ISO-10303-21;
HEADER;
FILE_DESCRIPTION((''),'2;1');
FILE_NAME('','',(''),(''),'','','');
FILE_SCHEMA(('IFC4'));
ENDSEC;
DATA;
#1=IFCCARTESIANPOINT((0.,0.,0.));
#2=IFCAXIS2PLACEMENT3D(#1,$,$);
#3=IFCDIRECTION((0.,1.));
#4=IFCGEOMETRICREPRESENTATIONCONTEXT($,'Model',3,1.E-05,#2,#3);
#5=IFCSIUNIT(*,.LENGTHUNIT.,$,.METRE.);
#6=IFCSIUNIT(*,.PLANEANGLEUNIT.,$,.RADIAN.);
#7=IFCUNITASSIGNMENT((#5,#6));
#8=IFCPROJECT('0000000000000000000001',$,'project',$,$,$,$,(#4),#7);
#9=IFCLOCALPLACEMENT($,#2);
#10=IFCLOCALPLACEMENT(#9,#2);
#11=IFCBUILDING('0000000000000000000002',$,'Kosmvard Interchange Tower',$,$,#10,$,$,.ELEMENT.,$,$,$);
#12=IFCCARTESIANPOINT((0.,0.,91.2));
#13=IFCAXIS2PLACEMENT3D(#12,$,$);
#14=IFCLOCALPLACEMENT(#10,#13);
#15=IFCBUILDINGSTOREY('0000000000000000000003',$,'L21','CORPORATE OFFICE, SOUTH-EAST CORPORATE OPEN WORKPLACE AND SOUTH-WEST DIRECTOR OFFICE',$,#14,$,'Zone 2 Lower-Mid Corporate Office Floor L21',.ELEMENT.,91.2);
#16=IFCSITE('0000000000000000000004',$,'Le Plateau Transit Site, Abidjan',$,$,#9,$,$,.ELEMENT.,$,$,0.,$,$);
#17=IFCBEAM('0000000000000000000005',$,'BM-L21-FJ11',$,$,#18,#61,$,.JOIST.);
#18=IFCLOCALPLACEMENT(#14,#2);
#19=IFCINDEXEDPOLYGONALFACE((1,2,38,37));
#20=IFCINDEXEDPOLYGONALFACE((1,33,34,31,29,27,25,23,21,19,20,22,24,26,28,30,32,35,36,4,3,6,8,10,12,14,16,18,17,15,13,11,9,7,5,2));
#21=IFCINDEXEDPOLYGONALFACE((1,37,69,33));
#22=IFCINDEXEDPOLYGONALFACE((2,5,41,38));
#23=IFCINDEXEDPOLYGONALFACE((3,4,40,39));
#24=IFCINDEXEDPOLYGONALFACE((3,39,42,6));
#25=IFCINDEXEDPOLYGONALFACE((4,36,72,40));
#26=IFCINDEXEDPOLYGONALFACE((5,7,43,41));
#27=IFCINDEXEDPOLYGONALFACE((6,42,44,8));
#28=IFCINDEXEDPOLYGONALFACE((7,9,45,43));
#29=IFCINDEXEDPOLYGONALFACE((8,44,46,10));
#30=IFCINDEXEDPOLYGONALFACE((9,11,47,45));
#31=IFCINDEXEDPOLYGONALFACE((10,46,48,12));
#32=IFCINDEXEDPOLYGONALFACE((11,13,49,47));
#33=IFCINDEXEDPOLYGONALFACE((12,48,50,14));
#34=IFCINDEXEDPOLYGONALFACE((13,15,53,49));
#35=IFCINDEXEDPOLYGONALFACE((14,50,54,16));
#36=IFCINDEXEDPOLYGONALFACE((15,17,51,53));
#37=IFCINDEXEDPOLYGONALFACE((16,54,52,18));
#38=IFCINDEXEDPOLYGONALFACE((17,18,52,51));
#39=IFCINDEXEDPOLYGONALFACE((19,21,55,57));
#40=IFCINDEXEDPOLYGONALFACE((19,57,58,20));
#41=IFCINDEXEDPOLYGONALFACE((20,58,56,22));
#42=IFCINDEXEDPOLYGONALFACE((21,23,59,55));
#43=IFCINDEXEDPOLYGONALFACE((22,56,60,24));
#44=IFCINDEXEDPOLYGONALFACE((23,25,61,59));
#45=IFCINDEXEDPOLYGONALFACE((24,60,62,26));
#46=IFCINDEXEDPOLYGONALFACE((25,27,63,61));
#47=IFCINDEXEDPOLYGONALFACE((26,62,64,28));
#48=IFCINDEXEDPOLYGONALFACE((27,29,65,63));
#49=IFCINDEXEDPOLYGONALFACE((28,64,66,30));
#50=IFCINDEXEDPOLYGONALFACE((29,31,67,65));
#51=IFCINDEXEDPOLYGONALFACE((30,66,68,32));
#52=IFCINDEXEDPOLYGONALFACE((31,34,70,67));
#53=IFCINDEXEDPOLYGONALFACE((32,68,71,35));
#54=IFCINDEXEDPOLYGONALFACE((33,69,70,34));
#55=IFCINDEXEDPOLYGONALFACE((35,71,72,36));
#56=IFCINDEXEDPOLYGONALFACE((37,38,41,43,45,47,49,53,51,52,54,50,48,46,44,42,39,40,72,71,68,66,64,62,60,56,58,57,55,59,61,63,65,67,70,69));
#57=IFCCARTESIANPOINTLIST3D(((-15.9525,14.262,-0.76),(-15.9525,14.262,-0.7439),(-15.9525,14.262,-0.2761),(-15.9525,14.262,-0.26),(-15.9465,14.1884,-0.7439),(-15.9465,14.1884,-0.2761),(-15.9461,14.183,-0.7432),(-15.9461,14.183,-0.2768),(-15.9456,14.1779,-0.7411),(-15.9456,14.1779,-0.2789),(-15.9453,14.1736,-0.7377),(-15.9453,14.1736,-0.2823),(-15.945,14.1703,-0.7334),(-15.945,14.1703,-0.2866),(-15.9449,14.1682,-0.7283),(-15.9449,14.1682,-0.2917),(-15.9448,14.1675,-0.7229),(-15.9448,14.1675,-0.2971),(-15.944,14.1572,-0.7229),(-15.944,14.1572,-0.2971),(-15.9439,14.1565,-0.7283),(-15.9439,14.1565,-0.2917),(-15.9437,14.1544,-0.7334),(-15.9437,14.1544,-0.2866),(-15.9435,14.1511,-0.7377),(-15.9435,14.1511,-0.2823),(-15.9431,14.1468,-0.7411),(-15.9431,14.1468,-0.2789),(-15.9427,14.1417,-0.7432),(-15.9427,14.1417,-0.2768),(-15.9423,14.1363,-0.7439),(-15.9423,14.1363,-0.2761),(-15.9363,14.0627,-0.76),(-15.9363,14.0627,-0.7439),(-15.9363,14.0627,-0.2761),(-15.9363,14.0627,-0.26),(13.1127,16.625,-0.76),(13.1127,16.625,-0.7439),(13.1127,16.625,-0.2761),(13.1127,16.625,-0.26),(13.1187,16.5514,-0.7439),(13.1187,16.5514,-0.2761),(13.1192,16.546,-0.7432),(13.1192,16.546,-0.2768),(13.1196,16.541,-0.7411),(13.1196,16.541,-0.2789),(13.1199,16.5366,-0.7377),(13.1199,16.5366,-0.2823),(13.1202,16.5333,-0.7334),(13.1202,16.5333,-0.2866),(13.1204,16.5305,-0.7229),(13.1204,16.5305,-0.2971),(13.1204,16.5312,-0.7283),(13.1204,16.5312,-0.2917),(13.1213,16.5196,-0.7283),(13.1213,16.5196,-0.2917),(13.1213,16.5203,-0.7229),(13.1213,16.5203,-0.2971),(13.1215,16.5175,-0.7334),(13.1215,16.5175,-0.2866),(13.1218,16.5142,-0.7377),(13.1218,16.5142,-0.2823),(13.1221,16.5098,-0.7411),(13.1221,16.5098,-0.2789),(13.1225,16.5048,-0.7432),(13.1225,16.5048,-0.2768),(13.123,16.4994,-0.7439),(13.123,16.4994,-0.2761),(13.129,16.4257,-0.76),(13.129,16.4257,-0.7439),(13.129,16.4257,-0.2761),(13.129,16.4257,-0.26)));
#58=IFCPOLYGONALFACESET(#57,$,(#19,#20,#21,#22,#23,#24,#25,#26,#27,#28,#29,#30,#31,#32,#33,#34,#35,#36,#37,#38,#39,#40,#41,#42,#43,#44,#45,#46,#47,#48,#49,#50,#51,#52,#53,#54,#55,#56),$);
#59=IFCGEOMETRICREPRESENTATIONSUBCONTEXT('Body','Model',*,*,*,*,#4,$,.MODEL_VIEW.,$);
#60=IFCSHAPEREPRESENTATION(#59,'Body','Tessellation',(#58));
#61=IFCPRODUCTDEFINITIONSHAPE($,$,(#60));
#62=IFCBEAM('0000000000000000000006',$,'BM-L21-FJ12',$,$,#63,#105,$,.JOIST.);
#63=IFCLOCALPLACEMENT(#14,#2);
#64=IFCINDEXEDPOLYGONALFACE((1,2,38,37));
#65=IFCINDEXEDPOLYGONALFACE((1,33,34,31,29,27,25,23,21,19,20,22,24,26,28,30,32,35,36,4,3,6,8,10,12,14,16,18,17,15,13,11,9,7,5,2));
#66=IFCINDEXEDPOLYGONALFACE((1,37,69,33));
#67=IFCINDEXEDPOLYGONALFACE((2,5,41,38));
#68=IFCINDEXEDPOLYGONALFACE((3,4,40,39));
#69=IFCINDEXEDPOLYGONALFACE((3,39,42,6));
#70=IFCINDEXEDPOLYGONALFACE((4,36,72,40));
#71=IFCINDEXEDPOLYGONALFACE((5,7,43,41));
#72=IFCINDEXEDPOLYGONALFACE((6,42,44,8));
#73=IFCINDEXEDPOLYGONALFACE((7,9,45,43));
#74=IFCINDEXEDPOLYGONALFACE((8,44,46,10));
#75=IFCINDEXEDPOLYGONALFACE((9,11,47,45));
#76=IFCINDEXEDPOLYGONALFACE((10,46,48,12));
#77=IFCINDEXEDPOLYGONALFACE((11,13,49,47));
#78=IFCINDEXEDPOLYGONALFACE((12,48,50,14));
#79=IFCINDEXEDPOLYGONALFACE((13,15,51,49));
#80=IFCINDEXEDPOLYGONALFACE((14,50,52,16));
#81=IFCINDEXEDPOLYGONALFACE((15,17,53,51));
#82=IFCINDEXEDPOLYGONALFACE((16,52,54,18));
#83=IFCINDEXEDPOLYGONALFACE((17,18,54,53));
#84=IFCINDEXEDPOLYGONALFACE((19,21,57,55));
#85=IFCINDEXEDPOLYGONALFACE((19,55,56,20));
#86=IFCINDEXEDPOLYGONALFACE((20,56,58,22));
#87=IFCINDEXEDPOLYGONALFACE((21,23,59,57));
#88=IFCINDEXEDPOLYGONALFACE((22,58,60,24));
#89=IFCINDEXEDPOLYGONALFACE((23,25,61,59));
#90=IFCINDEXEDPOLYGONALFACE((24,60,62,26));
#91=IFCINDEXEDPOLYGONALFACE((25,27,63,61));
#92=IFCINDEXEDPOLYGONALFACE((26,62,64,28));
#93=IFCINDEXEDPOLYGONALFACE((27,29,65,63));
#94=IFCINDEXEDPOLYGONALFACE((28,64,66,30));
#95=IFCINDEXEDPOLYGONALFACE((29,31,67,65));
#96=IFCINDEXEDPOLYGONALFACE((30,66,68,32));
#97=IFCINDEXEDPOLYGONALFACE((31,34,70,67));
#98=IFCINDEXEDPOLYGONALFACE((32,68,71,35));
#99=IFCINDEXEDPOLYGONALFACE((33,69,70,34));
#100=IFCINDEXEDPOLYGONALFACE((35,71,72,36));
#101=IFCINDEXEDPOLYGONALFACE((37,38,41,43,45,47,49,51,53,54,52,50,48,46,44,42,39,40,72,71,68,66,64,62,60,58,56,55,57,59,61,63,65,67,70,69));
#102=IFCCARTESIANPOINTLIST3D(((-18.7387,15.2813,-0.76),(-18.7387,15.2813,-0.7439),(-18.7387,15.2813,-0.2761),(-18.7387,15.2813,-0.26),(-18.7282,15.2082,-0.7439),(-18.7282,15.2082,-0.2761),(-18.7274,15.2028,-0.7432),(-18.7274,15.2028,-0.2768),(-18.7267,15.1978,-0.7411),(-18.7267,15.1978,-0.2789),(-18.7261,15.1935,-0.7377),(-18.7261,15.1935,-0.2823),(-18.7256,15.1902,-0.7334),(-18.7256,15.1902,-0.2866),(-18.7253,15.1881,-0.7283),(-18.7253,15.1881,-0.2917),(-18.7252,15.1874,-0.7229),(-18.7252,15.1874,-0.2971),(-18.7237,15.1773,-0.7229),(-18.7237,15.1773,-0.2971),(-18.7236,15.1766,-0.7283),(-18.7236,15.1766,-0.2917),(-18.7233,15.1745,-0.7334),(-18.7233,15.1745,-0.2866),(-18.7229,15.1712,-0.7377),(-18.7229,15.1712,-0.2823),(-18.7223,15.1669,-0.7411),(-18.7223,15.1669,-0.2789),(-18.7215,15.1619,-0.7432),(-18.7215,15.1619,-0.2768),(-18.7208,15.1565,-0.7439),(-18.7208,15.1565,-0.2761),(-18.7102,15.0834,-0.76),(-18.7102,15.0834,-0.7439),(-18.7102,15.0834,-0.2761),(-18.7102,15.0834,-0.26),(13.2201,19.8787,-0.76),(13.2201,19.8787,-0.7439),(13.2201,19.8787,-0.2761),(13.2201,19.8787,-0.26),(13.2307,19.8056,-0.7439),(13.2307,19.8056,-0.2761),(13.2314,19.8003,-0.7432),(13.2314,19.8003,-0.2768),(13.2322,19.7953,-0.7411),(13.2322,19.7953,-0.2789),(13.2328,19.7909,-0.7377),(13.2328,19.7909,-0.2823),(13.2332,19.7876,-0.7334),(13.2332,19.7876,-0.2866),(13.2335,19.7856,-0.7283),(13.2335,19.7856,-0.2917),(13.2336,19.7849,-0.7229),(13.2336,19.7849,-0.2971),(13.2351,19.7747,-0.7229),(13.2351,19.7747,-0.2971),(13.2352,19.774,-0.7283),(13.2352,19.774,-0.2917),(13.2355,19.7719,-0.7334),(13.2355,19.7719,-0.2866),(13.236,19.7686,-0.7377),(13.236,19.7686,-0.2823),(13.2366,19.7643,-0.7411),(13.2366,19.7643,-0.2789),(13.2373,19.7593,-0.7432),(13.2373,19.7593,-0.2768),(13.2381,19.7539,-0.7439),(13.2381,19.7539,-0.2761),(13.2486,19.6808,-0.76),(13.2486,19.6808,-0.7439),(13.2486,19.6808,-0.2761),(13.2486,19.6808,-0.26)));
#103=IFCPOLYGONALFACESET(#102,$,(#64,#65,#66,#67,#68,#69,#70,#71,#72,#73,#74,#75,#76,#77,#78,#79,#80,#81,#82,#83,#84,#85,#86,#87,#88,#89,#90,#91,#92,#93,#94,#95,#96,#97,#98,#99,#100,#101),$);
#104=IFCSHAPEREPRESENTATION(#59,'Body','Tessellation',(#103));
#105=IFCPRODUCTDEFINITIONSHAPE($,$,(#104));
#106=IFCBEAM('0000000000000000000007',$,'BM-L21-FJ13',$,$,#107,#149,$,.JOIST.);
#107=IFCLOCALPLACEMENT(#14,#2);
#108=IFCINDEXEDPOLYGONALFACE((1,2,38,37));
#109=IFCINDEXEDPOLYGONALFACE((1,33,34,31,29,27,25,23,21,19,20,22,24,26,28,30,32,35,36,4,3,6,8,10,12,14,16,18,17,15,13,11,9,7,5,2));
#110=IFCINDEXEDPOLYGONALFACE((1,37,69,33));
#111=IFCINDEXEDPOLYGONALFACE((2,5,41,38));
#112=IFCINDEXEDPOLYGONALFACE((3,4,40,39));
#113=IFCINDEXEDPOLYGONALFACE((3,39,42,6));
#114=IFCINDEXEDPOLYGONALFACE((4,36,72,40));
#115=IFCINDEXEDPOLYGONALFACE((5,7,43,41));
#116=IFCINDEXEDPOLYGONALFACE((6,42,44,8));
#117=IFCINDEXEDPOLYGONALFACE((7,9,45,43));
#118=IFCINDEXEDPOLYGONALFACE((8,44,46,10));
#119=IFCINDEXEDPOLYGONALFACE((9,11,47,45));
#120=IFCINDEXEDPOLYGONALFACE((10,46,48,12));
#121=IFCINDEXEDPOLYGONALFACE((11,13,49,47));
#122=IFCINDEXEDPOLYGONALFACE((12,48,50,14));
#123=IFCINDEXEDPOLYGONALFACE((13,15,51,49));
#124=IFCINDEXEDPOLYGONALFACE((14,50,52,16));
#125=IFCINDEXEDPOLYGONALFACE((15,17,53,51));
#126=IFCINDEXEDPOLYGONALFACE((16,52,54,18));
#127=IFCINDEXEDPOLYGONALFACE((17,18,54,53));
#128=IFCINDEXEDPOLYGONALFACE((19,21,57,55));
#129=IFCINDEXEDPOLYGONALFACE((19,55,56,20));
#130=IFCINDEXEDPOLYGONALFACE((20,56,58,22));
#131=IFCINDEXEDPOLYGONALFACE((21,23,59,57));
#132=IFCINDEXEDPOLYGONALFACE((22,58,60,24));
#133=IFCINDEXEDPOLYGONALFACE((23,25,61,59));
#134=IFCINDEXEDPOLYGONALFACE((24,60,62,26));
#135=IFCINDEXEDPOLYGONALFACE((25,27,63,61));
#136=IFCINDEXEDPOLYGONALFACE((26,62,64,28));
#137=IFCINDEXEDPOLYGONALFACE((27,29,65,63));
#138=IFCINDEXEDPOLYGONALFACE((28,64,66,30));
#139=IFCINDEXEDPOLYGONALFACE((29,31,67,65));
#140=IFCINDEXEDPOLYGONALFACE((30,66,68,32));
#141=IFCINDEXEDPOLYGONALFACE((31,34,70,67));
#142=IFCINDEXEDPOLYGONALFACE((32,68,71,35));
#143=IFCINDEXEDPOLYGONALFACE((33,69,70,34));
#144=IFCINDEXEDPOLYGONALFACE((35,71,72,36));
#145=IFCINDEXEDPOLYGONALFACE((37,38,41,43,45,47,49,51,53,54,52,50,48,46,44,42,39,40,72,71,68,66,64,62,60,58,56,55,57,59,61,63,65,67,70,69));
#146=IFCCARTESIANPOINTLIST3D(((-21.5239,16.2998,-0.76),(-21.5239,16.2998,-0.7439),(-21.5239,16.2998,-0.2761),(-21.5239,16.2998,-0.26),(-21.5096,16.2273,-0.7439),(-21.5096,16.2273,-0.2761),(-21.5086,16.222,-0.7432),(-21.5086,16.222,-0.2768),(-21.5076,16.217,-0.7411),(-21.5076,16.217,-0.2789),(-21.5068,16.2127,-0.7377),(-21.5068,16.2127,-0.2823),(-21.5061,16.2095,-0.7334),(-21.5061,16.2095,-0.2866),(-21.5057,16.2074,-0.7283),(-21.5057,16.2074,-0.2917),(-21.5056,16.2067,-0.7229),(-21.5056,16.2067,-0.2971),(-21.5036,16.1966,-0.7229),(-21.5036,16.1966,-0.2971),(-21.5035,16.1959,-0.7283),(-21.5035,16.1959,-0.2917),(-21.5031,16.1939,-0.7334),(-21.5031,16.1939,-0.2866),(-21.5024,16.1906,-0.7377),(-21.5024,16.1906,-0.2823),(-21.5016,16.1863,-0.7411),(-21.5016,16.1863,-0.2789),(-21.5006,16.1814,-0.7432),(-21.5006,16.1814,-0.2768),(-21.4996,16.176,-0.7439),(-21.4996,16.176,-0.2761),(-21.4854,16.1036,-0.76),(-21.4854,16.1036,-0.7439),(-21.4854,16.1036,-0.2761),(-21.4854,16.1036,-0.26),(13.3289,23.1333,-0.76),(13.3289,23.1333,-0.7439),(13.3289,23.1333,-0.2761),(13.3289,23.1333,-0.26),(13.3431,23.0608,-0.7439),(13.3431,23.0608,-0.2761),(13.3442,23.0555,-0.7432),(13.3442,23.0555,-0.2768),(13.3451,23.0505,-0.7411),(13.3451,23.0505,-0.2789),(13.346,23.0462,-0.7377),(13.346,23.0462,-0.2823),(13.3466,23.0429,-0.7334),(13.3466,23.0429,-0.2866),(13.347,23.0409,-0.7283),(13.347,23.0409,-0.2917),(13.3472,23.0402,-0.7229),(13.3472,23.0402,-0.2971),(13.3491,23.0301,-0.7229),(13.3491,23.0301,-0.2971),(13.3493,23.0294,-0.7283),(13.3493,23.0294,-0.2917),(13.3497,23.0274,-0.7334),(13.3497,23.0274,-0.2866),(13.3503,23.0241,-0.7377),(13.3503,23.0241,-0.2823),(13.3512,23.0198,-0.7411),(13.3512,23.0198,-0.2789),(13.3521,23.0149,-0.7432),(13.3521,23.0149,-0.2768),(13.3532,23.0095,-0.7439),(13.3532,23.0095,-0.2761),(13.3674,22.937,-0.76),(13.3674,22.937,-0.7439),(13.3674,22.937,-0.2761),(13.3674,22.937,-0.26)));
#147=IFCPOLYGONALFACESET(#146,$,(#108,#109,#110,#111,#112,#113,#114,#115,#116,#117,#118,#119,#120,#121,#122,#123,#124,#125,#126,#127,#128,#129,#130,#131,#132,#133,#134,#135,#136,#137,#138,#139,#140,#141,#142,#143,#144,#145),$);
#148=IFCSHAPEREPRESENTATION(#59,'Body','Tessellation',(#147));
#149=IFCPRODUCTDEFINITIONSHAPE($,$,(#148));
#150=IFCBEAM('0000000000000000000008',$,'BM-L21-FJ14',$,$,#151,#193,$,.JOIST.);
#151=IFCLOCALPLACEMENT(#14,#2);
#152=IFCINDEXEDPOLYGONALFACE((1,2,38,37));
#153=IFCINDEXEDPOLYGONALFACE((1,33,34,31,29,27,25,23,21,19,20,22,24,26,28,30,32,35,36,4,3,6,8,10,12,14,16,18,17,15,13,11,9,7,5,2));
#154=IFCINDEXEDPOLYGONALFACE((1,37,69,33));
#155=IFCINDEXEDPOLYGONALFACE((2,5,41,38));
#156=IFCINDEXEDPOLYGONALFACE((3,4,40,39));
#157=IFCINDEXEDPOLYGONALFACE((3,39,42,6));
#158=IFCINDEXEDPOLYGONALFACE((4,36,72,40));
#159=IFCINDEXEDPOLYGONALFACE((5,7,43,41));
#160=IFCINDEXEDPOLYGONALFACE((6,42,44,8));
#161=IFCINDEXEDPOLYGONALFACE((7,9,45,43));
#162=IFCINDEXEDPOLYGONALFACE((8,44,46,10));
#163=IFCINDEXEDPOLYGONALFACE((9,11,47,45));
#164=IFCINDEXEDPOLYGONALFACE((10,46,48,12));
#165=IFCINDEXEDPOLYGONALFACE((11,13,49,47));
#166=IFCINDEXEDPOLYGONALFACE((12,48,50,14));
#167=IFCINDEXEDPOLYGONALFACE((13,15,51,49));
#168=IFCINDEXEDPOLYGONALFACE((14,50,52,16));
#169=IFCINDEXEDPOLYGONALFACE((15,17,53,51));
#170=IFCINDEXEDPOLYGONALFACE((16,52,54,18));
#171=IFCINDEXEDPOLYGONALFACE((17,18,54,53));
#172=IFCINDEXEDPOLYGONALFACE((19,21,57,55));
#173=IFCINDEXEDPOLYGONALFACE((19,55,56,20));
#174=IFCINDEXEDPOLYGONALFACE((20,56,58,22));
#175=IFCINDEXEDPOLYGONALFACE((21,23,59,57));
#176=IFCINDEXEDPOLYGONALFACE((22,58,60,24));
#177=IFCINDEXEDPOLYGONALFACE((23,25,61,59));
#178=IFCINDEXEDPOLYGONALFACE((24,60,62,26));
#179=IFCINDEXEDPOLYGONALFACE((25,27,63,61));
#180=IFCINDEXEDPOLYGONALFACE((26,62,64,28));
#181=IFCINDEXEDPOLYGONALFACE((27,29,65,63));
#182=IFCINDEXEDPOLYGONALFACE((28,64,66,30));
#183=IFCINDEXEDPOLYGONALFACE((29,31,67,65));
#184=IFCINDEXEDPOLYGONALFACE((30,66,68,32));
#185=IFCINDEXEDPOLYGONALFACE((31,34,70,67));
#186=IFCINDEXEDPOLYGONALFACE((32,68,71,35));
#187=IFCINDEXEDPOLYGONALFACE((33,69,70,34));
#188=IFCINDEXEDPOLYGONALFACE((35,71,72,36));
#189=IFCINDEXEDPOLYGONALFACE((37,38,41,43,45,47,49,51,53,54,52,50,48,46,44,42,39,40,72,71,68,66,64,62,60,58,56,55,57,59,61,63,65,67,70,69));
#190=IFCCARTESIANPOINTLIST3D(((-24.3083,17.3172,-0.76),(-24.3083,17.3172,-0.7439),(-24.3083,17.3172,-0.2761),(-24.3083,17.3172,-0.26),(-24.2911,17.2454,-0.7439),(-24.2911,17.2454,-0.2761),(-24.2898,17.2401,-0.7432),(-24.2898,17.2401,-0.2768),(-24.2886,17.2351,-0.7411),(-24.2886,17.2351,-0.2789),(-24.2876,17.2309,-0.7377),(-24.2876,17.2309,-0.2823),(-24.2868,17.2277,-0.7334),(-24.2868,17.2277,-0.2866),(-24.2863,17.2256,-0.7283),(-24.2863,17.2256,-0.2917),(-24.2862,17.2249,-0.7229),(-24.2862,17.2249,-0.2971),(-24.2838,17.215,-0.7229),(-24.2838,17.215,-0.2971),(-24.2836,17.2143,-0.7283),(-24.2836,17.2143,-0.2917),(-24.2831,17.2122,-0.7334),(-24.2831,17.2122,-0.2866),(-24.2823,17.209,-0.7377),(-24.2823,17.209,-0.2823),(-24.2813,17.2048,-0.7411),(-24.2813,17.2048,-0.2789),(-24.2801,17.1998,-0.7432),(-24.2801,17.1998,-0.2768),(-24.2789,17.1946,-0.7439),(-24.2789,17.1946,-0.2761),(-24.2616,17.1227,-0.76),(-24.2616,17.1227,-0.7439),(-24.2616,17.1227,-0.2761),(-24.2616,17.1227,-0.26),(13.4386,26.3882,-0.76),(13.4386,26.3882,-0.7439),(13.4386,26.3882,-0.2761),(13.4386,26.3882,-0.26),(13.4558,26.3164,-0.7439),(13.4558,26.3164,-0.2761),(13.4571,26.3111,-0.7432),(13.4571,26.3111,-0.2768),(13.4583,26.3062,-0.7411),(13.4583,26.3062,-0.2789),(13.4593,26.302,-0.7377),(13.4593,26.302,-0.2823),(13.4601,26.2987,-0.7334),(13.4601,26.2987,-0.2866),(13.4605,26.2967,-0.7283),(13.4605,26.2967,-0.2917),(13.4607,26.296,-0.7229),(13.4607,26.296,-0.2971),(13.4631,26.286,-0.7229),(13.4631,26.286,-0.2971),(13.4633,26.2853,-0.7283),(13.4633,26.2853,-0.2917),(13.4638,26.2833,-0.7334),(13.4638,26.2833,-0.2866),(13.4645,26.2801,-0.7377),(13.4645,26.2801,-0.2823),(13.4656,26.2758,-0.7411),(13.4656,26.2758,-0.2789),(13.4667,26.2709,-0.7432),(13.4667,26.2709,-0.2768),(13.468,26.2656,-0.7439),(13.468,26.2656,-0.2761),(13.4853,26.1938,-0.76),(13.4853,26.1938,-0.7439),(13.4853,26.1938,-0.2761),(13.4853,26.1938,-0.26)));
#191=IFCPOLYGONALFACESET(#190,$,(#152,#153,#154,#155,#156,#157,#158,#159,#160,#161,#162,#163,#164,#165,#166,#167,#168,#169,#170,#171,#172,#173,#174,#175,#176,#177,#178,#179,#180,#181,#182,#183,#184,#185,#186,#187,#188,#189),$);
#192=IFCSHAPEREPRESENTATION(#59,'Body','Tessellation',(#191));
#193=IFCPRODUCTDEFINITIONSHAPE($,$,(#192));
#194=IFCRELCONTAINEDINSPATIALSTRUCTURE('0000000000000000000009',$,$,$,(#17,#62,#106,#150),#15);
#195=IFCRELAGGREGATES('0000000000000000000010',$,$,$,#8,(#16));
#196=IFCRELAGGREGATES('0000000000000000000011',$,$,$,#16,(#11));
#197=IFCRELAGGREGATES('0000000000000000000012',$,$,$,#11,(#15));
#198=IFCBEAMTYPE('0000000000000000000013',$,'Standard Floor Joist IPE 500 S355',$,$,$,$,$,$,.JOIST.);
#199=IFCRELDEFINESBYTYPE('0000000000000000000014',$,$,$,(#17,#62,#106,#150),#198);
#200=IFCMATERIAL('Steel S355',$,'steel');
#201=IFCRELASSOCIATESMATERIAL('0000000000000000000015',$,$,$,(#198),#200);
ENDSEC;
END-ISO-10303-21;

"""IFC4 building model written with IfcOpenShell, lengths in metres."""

from ifc_helpers import new_model, si_unit, direction, frame, origin, origin_2d, place, context, subcontext, project, spatial, i_section, extrude, source, transform, mapped, material, material_profile, profile_set, type_object, element, save


model = new_model("IFC4")

# Units and contexts
model_context = context("Model", 3, precision=1e-05, world=origin(), true_north=direction((0.0, 1.0)))
body_context = subcontext(model_context, "Body", "Model", "MODEL_VIEW")
ifc_project = project(units=[si_unit("LENGTHUNIT", "METRE"), si_unit("PLANEANGLEUNIT", "RADIAN")], contexts=[model_context])

# Site, building, storey
site_placement = place(None, origin())
site = spatial("IfcSite", under=ifc_project, at=site_placement, Name="Le Plateau Transit Site, Abidjan", CompositionType="ELEMENT", RefElevation=0.0)
building_placement = place(site_placement, origin())
building = spatial("IfcBuilding", under=site, at=building_placement, Name="Kosmvard Interchange Tower", CompositionType="ELEMENT")
storey_placement = place(building_placement, frame((0.0, 0.0, 91.2)))
storey = spatial("IfcBuildingStorey", under=building, at=storey_placement, Name="L21", Description="CORPORATE OFFICE, SOUTH-EAST CORPORATE OPEN WORKPLACE AND SOUTH-WEST DIRECTOR OFFICE", LongName="Zone 2 Lower-Mid Corporate Office Floor L21", CompositionType="ELEMENT", Elevation=91.2)

# Beams
ifc_material_1 = material(Name="Steel S355", Category="steel")
ifc_material_profile_1 = material_profile(ifc_material_1, i_section(OverallWidth=0.2, OverallDepth=0.5, WebThickness=0.0103, FlangeThickness=0.0161, FilletRadius=0.021, at=origin_2d()), Name="IPE 500")
ifc_profile_set_1 = profile_set([ifc_material_profile_1], Name="Steel S355")
beam_type_1 = type_object("IfcBeamType", Name="Standard Floor Joist IPE 500 S355", PredefinedType="JOIST", material=ifc_profile_set_1)
shared_shape_1 = source(origin(), body_context, "Body", "SweptSolid", [
    extrude(i_section(OverallWidth=0.2, OverallDepth=0.5, WebThickness=0.0103, FlangeThickness=0.0161, FilletRadius=0.021, at=origin_2d()), origin(), (0.0, 0.0, 1.0), 29.1611),
])
beam_1_placement = place(storey_placement, frame((13.1208, 16.5254, -0.51), z_axis=(-0.996711, -0.081034, 0.0), x_axis=(0.081034, -0.996711, 0.0)))
element("IfcBeam", 1, at=beam_1_placement, inside=storey, type_object=beam_type_1, Name="BM-L21-FJ11", PredefinedType="JOIST", context=body_context, shape_type="MappedRepresentation", body=[
    mapped(shared_shape_1, transform((0.0, 0.0, 0.0), scale=1.0)),
])
shared_shape_2 = source(origin(), body_context, "Body", "SweptSolid", [
    extrude(i_section(OverallWidth=0.2, OverallDepth=0.5, WebThickness=0.0103, FlangeThickness=0.0161, FilletRadius=0.021, at=origin_2d()), origin(), (0.0, 0.0, 1.0), 32.2878),
])
beam_2_placement = place(storey_placement, frame((13.2344, 19.7798, -0.51), z_axis=(-0.989811, -0.142389, 0.0), x_axis=(0.142389, -0.989811, 0.0)))
element("IfcBeam", 2, at=beam_2_placement, inside=storey, type_object=beam_type_1, Name="BM-L21-FJ12", PredefinedType="JOIST", context=body_context, shape_type="MappedRepresentation", body=[
    mapped(shared_shape_2, transform((0.0, 0.0, 0.0), scale=1.0)),
])
shared_shape_3 = source(origin(), body_context, "Body", "SweptSolid", [
    extrude(i_section(OverallWidth=0.2, OverallDepth=0.5, WebThickness=0.0103, FlangeThickness=0.0161, FilletRadius=0.021, at=origin_2d()), origin(), (0.0, 0.0, 1.0), 35.5164),
])
beam_3_placement = place(storey_placement, frame((13.3481, 23.0352, -0.51), z_axis=(-0.981316, -0.192404, 0.0), x_axis=(0.192404, -0.981316, 0.0)))
element("IfcBeam", 3, at=beam_3_placement, inside=storey, type_object=beam_type_1, Name="BM-L21-FJ13", PredefinedType="JOIST", context=body_context, shape_type="MappedRepresentation", body=[
    mapped(shared_shape_3, transform((0.0, 0.0, 0.0), scale=1.0)),
])
shared_shape_4 = source(origin(), body_context, "Body", "SweptSolid", [
    extrude(i_section(OverallWidth=0.2, OverallDepth=0.5, WebThickness=0.0103, FlangeThickness=0.0161, FilletRadius=0.021, at=origin_2d()), origin(), (0.0, 0.0, 1.0), 38.8215),
])
beam_4_placement = place(storey_placement, frame((13.4619, 26.291, -0.51), z_axis=(-0.972318, -0.233661, 0.0), x_axis=(0.233661, -0.972318, 0.0)))
element("IfcBeam", 4, at=beam_4_placement, inside=storey, type_object=beam_type_1, Name="BM-L21-FJ14", PredefinedType="JOIST", context=body_context, shape_type="MappedRepresentation", body=[
    mapped(shared_shape_4, transform((0.0, 0.0, 0.0), scale=1.0)),
])

save(model, "model.ifc")
